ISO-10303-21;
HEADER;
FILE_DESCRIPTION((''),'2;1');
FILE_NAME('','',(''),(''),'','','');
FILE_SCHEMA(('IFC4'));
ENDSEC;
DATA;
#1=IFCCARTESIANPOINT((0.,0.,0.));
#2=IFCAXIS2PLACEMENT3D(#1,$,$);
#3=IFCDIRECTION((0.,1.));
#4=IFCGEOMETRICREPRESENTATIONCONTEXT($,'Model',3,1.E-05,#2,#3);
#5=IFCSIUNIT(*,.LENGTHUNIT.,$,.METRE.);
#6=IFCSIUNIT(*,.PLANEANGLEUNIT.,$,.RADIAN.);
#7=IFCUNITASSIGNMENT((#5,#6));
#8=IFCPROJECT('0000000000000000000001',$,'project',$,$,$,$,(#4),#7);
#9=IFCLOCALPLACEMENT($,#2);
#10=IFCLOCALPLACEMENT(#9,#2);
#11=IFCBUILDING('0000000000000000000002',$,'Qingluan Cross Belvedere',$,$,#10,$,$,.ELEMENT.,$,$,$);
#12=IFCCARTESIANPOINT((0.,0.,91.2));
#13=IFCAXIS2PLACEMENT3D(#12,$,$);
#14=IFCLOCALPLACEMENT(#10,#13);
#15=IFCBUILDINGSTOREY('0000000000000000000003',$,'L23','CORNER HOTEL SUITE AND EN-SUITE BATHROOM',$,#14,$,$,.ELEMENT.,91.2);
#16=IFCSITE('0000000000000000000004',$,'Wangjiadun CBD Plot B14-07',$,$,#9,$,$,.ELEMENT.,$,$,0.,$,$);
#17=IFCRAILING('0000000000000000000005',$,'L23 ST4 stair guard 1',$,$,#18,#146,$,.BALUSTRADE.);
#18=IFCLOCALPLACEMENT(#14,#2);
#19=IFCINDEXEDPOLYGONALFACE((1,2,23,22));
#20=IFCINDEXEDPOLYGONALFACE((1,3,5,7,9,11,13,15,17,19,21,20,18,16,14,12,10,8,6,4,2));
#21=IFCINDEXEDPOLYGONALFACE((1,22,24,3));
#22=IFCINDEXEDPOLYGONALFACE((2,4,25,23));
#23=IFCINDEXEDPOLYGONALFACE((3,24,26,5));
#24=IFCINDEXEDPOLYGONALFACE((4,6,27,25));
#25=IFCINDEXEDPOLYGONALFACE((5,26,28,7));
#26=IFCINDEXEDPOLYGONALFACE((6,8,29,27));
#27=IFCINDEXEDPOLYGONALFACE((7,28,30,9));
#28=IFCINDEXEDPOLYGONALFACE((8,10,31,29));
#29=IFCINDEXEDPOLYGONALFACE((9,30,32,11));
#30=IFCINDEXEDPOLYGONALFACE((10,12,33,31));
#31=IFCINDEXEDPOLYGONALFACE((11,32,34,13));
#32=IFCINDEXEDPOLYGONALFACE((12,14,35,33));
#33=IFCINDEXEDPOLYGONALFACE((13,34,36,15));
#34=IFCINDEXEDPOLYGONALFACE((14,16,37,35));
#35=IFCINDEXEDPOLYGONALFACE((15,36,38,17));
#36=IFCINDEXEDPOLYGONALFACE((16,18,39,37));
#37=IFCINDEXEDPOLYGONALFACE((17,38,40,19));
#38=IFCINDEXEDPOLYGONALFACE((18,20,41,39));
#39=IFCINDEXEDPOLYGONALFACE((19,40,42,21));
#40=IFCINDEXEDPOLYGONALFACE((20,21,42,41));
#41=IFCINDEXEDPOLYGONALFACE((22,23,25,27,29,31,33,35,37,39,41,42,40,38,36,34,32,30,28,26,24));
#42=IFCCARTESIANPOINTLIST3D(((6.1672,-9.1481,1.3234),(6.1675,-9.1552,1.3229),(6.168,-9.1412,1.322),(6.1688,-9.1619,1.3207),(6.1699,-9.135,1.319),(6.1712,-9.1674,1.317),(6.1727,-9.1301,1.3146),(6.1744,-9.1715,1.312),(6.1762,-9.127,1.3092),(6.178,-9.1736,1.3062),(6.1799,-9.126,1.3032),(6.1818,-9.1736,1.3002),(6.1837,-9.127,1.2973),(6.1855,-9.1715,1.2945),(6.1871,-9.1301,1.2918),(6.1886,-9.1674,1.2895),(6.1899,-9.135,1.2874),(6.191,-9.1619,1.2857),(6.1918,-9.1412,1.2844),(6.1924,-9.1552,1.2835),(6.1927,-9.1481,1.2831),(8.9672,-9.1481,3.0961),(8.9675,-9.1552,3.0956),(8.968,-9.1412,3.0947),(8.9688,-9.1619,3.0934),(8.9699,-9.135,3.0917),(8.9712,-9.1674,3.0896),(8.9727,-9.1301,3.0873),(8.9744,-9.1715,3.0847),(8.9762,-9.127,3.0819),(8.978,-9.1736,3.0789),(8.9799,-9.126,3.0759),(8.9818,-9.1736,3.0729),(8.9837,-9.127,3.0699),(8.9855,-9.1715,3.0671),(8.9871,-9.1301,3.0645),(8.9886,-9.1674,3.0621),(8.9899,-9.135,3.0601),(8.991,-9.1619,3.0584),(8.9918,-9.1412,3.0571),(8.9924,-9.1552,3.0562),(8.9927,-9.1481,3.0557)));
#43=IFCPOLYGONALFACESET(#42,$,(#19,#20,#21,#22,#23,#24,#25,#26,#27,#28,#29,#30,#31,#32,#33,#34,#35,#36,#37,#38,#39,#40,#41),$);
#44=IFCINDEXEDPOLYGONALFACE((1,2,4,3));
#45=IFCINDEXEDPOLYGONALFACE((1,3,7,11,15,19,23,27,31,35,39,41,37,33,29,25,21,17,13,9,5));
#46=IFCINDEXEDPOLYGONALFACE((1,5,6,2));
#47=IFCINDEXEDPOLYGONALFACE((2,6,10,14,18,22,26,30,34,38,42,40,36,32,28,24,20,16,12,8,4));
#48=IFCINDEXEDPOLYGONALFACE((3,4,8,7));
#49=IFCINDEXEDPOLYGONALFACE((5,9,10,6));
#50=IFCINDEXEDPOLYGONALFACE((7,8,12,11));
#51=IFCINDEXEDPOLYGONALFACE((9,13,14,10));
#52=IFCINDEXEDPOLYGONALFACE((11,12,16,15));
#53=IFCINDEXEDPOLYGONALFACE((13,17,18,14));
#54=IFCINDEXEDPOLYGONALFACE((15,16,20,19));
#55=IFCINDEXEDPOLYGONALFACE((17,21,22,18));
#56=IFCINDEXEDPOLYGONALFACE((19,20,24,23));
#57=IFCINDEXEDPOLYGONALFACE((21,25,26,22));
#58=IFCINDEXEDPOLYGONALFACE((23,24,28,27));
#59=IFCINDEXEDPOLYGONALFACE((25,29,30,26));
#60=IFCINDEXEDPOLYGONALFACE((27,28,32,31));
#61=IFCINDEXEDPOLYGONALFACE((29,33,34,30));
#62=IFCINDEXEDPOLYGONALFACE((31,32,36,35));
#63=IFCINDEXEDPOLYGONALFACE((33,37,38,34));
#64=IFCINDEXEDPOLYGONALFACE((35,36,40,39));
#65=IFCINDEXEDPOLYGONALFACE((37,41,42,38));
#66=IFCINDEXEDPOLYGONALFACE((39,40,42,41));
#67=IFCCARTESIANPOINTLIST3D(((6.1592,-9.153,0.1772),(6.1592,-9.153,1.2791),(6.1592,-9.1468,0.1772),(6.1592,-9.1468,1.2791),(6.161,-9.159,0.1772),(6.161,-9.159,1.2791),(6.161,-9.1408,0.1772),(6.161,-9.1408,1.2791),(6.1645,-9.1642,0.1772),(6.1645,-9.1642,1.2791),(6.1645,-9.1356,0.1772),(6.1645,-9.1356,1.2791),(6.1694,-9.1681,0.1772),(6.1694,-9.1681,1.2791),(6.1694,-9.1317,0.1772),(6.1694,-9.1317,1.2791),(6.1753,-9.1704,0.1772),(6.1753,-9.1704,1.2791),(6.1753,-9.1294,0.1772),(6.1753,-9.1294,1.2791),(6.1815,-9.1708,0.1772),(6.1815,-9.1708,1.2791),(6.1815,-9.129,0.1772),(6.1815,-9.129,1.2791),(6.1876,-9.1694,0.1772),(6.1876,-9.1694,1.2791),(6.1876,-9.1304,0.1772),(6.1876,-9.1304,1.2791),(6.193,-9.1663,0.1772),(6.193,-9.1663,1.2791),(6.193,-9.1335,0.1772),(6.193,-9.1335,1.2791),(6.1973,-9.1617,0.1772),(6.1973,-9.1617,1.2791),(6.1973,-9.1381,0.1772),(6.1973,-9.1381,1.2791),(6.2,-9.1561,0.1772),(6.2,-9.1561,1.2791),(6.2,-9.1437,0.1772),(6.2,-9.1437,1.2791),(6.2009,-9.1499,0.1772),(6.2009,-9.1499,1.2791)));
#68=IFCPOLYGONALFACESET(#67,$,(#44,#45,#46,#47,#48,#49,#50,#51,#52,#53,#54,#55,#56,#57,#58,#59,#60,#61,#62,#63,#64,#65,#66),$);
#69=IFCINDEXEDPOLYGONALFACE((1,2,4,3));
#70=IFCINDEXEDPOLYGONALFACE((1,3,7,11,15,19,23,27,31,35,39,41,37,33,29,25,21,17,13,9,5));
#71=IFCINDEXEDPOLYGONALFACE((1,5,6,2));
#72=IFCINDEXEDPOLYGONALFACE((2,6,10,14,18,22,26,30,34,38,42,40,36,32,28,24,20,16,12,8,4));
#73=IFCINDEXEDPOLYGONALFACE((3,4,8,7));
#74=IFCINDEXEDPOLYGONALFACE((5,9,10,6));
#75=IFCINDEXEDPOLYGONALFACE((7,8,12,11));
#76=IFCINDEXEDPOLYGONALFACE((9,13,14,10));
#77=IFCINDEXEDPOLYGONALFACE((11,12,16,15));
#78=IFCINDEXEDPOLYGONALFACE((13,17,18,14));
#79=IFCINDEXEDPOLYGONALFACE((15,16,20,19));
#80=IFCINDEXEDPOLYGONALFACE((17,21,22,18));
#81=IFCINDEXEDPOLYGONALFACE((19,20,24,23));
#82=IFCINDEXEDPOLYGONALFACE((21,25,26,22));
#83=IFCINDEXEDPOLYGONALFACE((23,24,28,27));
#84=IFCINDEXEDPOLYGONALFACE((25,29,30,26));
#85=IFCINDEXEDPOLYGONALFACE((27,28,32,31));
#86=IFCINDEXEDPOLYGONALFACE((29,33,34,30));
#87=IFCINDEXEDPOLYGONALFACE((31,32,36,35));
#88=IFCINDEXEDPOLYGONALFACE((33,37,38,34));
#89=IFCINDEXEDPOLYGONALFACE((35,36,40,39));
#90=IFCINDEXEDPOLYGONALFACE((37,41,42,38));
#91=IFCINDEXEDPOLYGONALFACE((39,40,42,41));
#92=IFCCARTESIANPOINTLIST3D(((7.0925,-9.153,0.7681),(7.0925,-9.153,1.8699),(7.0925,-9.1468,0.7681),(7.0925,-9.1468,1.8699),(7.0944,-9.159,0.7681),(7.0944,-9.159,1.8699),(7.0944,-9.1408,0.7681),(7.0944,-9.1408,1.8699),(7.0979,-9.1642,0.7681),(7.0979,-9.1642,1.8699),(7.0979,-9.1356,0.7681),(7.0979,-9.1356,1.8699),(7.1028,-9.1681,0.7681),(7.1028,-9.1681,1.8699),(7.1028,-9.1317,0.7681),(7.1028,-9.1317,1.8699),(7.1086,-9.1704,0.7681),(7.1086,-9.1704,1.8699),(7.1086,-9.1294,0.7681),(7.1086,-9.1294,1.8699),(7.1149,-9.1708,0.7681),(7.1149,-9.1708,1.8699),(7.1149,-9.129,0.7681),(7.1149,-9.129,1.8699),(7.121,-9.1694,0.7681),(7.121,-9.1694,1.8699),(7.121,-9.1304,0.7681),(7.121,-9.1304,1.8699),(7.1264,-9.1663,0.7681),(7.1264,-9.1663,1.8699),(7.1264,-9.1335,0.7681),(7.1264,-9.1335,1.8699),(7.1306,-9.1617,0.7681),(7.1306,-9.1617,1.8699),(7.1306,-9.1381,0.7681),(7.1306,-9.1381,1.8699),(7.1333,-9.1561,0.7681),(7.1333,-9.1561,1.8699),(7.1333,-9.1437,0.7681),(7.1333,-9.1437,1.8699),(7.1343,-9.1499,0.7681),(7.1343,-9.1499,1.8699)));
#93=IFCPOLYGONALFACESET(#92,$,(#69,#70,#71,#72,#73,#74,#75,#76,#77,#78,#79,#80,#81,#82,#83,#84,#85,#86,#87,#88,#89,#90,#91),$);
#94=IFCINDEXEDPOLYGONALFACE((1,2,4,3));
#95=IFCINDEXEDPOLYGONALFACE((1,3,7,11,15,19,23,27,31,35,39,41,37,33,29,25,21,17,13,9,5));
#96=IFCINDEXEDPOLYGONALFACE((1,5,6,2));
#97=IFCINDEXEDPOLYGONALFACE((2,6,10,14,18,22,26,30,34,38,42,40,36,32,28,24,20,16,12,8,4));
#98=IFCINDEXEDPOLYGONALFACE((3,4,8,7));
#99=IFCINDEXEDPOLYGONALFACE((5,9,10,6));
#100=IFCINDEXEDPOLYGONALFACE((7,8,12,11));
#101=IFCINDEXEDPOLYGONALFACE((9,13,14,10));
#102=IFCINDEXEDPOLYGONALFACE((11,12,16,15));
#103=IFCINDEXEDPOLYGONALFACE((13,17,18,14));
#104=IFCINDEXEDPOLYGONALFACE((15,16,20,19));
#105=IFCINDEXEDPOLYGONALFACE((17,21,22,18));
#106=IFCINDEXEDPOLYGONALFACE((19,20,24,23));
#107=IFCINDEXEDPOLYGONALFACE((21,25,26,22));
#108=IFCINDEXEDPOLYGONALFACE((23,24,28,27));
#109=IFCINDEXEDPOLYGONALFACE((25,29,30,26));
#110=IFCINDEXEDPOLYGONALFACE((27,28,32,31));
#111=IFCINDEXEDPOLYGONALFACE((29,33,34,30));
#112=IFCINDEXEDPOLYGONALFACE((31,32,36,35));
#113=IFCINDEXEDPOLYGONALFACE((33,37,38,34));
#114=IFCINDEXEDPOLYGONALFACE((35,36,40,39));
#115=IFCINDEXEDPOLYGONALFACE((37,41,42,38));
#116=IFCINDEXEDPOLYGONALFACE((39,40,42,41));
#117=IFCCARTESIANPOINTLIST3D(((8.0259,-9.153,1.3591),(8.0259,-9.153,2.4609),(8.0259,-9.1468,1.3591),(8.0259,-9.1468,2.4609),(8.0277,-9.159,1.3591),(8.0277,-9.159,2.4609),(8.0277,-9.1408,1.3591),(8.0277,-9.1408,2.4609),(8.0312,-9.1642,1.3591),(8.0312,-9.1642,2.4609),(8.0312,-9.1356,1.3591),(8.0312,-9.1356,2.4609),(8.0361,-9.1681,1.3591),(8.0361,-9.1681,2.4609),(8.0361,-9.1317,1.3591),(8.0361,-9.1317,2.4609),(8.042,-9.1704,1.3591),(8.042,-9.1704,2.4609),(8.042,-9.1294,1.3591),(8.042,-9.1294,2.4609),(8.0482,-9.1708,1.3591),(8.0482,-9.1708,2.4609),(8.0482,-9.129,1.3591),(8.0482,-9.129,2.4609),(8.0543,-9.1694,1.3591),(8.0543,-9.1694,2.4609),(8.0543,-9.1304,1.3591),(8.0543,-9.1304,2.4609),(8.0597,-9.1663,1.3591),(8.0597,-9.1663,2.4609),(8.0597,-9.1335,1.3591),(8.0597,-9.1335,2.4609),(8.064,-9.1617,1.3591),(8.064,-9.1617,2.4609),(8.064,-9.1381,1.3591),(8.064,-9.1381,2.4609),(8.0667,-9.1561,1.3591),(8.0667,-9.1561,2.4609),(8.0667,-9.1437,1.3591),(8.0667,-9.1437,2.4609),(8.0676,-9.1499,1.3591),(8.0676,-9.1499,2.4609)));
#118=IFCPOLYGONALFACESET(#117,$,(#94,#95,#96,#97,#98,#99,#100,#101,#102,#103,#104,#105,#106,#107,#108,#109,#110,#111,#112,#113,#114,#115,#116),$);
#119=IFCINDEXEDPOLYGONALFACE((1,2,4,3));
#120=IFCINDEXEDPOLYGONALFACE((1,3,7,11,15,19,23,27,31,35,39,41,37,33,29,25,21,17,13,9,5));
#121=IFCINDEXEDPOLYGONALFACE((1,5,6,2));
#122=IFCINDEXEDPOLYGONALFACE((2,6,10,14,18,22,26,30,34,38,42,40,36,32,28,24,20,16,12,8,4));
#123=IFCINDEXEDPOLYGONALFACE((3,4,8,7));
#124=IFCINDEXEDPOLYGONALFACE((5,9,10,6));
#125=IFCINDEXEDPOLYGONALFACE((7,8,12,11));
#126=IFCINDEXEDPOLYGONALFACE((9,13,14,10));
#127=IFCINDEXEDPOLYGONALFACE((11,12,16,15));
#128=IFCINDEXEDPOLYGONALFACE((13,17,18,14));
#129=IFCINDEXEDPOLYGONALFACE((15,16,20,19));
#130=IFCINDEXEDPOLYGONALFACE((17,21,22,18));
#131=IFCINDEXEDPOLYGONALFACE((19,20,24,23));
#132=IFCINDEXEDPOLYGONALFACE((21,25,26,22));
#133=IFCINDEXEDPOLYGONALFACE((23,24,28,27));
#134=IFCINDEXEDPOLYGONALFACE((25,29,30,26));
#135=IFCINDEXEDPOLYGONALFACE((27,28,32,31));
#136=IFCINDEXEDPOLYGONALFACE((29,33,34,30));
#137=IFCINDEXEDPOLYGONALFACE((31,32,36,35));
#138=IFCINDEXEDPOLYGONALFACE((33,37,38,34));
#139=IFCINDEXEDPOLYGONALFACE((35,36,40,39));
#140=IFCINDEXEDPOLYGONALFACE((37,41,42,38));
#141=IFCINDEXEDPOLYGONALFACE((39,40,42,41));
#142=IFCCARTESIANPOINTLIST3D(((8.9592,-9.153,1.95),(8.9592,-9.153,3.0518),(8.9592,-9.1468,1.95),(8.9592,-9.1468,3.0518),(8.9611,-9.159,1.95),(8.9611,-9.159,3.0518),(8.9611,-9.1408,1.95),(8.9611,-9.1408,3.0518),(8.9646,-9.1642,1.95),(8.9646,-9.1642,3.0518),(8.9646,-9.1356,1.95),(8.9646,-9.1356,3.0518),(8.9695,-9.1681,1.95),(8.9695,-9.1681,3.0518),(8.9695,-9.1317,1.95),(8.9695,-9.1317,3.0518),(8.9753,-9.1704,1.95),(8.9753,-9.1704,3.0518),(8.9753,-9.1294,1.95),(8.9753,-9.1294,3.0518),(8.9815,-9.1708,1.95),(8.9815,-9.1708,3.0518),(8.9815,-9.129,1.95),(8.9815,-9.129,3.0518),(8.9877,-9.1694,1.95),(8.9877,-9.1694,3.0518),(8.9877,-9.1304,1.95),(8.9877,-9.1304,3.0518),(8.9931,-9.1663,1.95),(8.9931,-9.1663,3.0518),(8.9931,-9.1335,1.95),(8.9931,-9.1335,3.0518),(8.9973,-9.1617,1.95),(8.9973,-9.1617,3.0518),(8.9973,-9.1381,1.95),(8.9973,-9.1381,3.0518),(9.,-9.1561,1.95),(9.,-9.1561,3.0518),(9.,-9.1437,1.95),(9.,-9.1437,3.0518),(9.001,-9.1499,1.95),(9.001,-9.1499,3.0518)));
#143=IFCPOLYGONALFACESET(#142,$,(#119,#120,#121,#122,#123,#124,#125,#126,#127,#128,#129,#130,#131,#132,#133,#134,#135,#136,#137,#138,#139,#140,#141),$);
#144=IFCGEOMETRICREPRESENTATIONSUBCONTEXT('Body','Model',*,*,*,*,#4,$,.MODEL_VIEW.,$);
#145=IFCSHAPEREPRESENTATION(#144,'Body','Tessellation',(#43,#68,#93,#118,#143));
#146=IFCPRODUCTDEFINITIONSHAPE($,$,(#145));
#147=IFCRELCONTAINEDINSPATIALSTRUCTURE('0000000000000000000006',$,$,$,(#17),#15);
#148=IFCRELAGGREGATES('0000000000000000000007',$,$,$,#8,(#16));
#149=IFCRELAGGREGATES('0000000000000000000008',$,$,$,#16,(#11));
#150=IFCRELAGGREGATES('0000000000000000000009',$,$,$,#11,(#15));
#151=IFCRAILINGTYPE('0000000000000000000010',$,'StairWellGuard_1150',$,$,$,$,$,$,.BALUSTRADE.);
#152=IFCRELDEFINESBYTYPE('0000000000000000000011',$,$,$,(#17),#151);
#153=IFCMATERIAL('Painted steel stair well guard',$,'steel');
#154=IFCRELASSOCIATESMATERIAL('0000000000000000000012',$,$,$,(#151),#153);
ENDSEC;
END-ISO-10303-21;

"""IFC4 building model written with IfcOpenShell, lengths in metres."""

from ifc_helpers import new_model, si_unit, direction, frame, origin, origin_2d, place, context, subcontext, project, spatial, circle, extrude, material, type_object, element, save


model = new_model("IFC4")

# Units and contexts
model_context = context("Model", 3, precision=1e-05, world=origin(), true_north=direction((0.0, 1.0)))
body_context = subcontext(model_context, "Body", "Model", "MODEL_VIEW")
ifc_project = project(units=[si_unit("LENGTHUNIT", "METRE"), si_unit("PLANEANGLEUNIT", "RADIAN")], contexts=[model_context])

# Site, building, storey
site_placement = place(None, origin())
site = spatial("IfcSite", under=ifc_project, at=site_placement, Name="Wangjiadun CBD Plot B14-07", CompositionType="ELEMENT", RefElevation=0.0)
building_placement = place(site_placement, origin())
building = spatial("IfcBuilding", under=site, at=building_placement, Name="Qingluan Cross Belvedere", CompositionType="ELEMENT")
storey_placement = place(building_placement, frame((0.0, 0.0, 91.2)))
storey = spatial("IfcBuildingStorey", under=building, at=storey_placement, Name="L23", Description="CORNER HOTEL SUITE AND EN-SUITE BATHROOM", CompositionType="ELEMENT", Elevation=91.2)

# Railing
ifc_material_1 = material(Name="Painted steel stair well guard", Category="steel")
railing_type_1 = type_object("IfcRailingType", Name="StairWellGuard_1150", PredefinedType="BALUSTRADE", material=ifc_material_1)
railing_1_placement = place(storey_placement, frame((6.1799, -9.1499, 0.1772)))
element("IfcRailing", 1, at=railing_1_placement, inside=storey, type_object=railing_type_1, Name="L23 ST4 stair guard 1", PredefinedType="BALUSTRADE", context=body_context, shape_type="SweptSolid", body=[
    extrude(circle(Radius=0.0239, at=origin_2d()), frame((0.0, 0.0, 1.126), z_axis=(0.844909, 0.0, 0.53491), x_axis=(0.0, 1.0, 0.0)), (0.0, 0.0, 1.0), 3.314),
    extrude(circle(Radius=0.021, at=origin_2d()), origin(), (0.0, 0.0, 1.0), 1.1018),
    extrude(circle(Radius=0.021, at=origin_2d()), frame((0.9333, 0.0, 0.5908)), (0.0, 0.0, 1.0), 1.1018),
    extrude(circle(Radius=0.021, at=origin_2d()), frame((1.8667, 0.0, 1.1819)), (0.0, 0.0, 1.0), 1.1018),
    extrude(circle(Radius=0.021, at=origin_2d()), frame((2.8, 0.0, 1.7727)), (0.0, 0.0, 1.0), 1.1018),
])

save(model, "model.ifc")
